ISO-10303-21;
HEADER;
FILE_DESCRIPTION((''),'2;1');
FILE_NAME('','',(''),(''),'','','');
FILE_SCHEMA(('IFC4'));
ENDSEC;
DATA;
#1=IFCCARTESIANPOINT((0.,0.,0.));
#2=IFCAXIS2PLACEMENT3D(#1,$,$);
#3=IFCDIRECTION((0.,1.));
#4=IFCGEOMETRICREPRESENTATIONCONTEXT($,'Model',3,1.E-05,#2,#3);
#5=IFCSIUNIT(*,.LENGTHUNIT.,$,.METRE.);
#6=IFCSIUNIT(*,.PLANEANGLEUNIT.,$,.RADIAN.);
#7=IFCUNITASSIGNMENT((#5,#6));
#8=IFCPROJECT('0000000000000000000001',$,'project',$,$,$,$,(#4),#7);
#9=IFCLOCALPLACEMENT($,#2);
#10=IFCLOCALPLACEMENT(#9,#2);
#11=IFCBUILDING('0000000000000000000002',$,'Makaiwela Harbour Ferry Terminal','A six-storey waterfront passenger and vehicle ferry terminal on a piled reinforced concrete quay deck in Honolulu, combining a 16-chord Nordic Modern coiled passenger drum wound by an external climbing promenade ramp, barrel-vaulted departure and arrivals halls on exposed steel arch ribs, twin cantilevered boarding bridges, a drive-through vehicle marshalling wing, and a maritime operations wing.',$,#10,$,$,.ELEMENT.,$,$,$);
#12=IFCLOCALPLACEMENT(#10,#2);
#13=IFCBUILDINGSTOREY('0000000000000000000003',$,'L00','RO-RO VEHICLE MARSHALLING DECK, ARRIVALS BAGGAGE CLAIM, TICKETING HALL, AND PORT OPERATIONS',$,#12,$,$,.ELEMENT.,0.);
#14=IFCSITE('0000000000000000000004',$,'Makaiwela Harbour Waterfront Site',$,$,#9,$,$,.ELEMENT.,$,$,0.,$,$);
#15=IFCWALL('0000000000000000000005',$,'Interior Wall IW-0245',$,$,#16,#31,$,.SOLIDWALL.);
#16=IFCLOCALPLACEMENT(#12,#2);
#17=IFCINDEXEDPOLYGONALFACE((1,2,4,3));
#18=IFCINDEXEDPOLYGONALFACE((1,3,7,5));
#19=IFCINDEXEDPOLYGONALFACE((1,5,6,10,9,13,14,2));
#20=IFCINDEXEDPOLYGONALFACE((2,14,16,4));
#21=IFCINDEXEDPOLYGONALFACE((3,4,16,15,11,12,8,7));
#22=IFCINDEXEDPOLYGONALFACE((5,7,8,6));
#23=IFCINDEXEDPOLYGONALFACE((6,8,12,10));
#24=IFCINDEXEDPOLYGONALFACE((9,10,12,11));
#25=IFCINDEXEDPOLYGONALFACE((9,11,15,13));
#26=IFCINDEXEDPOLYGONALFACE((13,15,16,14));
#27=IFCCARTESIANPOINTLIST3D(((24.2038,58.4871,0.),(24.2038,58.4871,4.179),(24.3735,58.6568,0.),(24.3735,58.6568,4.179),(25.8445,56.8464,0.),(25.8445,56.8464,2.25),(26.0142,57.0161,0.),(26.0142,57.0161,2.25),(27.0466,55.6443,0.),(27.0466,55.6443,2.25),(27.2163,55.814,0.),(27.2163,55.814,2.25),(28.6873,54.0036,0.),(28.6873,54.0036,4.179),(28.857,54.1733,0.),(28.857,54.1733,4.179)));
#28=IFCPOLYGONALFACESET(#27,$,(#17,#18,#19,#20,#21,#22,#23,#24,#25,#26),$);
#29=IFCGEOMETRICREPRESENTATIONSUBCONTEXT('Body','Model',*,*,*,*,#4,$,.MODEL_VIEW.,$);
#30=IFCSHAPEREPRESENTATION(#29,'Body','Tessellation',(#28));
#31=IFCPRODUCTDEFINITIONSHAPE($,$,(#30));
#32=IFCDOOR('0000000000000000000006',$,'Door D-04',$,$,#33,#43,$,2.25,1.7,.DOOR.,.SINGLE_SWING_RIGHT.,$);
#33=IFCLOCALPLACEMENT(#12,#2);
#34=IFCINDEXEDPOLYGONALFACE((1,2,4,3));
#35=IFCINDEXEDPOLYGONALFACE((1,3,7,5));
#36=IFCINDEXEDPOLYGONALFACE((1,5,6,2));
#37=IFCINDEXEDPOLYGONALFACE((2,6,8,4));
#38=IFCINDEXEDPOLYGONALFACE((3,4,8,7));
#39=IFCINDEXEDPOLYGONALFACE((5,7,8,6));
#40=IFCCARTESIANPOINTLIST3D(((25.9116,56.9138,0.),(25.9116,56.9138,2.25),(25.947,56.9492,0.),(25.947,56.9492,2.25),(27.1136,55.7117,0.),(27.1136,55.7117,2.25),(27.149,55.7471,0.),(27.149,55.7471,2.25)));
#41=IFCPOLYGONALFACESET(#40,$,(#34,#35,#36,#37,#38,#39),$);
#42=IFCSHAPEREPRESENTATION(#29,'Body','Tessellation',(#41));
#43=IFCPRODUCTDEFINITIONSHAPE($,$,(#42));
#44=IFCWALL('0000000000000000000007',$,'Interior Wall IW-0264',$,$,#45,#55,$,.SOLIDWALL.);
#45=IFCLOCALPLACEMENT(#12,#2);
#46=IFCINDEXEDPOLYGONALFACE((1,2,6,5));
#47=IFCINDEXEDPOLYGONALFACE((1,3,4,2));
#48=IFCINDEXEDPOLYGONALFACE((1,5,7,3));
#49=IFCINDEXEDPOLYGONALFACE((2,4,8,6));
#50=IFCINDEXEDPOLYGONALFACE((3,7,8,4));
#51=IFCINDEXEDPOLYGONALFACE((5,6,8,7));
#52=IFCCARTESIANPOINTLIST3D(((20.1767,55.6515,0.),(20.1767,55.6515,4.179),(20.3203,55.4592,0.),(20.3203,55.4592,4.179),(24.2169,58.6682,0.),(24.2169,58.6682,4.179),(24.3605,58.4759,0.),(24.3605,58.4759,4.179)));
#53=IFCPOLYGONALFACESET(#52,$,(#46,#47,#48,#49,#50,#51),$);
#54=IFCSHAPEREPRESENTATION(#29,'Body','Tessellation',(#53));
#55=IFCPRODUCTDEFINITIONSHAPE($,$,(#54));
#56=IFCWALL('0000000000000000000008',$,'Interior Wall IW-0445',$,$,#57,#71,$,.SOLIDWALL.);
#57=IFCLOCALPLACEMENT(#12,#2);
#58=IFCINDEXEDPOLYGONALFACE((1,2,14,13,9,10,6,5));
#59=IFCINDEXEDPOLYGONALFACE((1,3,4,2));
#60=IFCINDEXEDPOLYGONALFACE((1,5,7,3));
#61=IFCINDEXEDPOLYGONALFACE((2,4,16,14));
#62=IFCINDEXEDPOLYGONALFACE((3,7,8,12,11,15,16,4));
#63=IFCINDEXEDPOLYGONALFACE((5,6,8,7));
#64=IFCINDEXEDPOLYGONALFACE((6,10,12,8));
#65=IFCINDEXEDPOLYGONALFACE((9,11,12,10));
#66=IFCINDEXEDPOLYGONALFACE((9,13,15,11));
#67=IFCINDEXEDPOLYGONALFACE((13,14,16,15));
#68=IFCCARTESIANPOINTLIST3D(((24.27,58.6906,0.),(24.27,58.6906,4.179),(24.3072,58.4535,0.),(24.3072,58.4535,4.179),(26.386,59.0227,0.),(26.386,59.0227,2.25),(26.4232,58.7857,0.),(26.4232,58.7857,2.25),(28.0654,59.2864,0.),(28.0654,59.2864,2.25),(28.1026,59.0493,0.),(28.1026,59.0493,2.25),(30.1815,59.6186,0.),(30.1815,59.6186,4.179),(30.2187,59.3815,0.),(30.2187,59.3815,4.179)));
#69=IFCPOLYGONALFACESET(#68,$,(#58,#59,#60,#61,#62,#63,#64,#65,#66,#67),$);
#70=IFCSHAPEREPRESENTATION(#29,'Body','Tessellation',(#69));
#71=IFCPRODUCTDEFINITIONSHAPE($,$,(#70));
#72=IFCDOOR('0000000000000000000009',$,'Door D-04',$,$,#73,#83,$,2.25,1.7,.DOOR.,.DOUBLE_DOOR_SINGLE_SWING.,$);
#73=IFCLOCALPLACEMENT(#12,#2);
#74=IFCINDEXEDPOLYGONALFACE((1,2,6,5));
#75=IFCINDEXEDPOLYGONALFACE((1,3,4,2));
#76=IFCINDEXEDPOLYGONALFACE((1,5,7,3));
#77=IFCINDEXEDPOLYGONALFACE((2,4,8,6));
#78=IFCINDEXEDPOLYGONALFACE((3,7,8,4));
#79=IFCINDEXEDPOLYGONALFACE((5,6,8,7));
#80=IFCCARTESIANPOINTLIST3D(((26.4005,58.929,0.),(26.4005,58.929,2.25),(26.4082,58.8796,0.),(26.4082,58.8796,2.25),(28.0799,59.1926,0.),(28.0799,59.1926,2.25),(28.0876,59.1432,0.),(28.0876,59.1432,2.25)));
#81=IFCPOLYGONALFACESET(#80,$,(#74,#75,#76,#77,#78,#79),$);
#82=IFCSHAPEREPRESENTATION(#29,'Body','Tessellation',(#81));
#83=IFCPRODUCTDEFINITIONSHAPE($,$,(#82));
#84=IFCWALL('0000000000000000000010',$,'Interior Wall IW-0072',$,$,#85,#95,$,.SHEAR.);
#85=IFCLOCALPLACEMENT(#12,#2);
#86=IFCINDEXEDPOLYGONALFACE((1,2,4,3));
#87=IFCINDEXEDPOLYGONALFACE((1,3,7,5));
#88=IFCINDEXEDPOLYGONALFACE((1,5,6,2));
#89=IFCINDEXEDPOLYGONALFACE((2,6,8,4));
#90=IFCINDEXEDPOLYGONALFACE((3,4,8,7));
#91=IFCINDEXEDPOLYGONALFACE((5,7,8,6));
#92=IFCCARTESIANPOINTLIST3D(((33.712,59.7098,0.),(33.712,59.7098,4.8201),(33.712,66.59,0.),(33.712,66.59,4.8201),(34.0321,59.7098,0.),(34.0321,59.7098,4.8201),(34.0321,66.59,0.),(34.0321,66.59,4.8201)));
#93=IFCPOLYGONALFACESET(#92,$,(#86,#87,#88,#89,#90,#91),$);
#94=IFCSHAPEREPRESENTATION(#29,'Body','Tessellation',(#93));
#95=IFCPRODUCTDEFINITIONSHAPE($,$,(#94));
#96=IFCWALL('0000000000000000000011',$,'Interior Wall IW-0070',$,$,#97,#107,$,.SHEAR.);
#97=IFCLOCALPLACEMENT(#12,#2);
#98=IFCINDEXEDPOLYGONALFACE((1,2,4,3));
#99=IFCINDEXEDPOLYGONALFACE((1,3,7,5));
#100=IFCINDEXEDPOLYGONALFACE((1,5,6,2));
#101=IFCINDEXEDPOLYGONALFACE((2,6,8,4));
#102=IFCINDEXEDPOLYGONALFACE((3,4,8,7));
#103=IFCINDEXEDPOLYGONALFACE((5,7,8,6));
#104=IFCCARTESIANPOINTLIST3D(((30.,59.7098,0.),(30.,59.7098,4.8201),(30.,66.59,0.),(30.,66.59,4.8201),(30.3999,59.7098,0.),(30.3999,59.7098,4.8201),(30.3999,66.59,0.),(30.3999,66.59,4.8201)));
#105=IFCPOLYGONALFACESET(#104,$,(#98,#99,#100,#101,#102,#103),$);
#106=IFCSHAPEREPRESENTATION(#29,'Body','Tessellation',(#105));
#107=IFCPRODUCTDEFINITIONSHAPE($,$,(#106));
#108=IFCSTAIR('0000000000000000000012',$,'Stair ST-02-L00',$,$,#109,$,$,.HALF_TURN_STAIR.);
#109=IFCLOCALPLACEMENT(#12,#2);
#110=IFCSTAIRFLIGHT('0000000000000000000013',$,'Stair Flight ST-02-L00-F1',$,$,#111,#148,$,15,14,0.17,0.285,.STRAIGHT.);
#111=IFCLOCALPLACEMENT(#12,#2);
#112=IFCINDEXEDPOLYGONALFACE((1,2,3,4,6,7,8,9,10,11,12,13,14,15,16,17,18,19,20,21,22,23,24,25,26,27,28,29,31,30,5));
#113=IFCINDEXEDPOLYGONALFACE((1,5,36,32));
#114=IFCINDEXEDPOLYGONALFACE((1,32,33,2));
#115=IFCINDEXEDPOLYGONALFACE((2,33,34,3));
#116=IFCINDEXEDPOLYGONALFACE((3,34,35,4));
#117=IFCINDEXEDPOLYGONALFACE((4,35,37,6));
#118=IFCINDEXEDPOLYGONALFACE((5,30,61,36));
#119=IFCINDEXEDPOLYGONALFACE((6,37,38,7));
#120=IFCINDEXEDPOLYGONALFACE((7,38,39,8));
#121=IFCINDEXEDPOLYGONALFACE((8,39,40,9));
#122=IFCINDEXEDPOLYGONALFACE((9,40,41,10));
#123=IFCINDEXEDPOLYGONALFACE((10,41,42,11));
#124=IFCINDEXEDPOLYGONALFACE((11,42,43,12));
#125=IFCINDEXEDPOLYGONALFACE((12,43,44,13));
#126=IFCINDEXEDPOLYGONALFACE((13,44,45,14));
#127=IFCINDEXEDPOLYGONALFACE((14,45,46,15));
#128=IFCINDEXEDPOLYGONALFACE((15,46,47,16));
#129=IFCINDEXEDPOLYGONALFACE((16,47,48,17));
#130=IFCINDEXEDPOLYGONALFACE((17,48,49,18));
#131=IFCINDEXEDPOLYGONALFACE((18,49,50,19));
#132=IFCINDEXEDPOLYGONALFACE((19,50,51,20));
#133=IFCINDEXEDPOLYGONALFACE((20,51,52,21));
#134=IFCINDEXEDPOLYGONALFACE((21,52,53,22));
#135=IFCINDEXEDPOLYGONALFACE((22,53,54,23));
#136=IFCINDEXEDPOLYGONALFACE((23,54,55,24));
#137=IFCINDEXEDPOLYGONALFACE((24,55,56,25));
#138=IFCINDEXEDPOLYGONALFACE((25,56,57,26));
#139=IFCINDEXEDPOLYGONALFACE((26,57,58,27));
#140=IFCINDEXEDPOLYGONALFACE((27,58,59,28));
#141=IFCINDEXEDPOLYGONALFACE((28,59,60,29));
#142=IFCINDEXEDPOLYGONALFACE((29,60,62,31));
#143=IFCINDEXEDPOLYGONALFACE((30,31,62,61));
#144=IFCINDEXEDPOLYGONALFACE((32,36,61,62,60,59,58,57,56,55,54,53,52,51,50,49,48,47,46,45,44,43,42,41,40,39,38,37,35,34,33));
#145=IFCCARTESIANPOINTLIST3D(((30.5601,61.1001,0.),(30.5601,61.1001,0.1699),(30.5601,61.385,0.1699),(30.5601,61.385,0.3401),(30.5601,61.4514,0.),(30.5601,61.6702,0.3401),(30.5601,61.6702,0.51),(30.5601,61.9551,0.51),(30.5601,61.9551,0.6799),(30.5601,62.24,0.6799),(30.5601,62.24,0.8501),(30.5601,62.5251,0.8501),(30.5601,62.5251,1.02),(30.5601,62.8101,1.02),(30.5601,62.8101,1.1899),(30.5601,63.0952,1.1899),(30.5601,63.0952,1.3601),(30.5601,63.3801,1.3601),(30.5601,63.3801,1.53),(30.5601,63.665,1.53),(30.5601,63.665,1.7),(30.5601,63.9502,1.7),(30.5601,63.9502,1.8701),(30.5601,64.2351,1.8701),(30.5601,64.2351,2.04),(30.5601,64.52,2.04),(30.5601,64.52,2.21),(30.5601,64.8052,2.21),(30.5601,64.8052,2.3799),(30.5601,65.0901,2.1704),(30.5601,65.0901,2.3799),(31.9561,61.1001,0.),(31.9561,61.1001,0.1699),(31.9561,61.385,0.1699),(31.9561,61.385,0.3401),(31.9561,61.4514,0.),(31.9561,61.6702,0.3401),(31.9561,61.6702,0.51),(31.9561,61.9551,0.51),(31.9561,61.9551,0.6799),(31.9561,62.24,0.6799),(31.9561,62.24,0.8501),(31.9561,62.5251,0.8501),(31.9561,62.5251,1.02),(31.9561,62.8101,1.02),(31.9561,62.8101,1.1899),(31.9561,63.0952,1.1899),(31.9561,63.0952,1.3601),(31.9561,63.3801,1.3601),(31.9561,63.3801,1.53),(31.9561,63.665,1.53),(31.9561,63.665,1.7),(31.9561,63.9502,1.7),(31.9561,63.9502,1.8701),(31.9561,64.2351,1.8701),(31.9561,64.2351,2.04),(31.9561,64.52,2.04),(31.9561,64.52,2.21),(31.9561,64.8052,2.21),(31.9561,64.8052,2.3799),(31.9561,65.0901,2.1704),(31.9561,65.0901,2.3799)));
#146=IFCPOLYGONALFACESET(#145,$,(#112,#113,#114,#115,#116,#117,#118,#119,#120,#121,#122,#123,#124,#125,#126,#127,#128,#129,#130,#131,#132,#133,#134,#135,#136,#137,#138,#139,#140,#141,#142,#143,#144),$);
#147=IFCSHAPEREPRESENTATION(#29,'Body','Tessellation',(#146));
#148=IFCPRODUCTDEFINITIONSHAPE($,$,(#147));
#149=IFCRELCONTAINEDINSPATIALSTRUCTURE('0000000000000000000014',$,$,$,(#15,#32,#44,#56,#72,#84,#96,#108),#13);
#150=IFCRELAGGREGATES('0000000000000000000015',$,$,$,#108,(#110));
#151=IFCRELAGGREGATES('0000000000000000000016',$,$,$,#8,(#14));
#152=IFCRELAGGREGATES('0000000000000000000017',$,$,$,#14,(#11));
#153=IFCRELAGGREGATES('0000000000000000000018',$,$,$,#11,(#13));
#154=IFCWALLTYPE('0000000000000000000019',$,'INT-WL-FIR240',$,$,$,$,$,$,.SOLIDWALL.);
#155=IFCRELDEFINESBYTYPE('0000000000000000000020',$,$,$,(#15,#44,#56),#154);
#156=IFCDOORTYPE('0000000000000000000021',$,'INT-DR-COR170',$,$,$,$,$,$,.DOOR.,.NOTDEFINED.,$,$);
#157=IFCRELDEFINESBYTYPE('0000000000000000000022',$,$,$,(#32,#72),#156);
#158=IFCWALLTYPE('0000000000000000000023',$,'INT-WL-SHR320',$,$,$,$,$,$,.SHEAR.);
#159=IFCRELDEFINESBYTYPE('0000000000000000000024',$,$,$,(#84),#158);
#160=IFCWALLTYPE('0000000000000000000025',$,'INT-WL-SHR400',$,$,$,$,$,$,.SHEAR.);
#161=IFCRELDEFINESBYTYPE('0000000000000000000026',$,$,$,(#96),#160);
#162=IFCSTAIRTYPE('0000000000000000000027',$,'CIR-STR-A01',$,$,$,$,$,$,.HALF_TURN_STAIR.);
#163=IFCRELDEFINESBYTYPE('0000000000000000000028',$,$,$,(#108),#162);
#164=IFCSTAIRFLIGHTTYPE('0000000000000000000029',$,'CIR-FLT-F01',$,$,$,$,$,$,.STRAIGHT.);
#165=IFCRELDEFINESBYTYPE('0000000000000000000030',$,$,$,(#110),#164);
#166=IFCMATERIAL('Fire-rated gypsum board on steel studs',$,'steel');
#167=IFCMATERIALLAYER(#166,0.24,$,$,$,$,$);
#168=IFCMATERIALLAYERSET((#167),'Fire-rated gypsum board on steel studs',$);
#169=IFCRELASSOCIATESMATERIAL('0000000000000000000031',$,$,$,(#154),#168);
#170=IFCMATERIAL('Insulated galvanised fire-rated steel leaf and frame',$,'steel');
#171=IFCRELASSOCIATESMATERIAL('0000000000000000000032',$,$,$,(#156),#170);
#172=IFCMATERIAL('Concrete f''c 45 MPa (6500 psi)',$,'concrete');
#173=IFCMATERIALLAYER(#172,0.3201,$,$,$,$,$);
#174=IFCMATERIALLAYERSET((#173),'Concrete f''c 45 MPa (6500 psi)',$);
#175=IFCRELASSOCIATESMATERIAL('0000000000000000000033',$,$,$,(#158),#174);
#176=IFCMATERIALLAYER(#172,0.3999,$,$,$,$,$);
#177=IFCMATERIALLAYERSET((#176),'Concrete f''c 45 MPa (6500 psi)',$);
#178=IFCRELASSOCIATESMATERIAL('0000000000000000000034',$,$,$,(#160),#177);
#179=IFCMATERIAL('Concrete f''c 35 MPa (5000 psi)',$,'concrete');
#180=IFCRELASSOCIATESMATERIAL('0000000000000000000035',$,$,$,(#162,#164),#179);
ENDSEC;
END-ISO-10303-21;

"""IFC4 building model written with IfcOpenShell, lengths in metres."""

from ifc_helpers import new_model, si_unit, direction, frame, frame_2d, origin, place, context, subcontext, project, spatial, polyline, rectangle, outline, extrude, material, layer, layer_set, type_object, element, fill, aggregate, save


model = new_model("IFC4")

# Units and contexts
model_context = context("Model", 3, precision=1e-05, world=origin(), true_north=direction((0.0, 1.0)))
body_context = subcontext(model_context, "Body", "Model", "MODEL_VIEW")
ifc_project = project(units=[si_unit("LENGTHUNIT", "METRE"), si_unit("PLANEANGLEUNIT", "RADIAN")], contexts=[model_context])

# Site, building, storey
site_placement = place(None, origin())
site = spatial("IfcSite", under=ifc_project, at=site_placement, Name="Makaiwela Harbour Waterfront Site", CompositionType="ELEMENT", RefElevation=0.0)
building_placement = place(site_placement, origin())
building = spatial("IfcBuilding", under=site, at=building_placement, Name="Makaiwela Harbour Ferry Terminal", Description="A six-storey waterfront passenger and vehicle ferry terminal on a piled reinforced concrete quay deck in Honolulu, combining a 16-chord Nordic Modern coiled passenger drum wound by an external climbing promenade ramp, barrel-vaulted departure and arrivals halls on exposed steel arch ribs, twin cantilevered boarding bridges, a drive-through vehicle marshalling wing, and a maritime operations wing.", CompositionType="ELEMENT")
storey_placement = place(building_placement, origin())
storey = spatial("IfcBuildingStorey", under=building, at=storey_placement, Name="L00", Description="RO-RO VEHICLE MARSHALLING DECK, ARRIVALS BAGGAGE CLAIM, TICKETING HALL, AND PORT OPERATIONS", CompositionType="ELEMENT", Elevation=0.0)

# Shared definitions
ifc_material_1 = material(Name="Concrete f'c 45 MPa (6500 psi)", Category="concrete")

# Shared definitions
ifc_material_2 = material(Name="Fire-rated gypsum board on steel studs", Category="steel")
ifc_layer_1 = layer(ifc_material_2, 0.24)
ifc_layer_set_1 = layer_set([ifc_layer_1], Name="Fire-rated gypsum board on steel studs")
wall_type_1 = type_object("IfcWallType", Name="INT-WL-FIR240", PredefinedType="SOLIDWALL", material=ifc_layer_set_1)
ifc_material_3 = material(Name="Insulated galvanised fire-rated steel leaf and frame", Category="steel")

# Wall, opening, door
wall_1_placement = place(storey_placement, frame((24.2886, 58.572, 0.0), z_axis=(0.0, 0.0, 1.0), x_axis=(0.707107, -0.707107, 0.0)))
wall_1 = element("IfcWall", 1, at=wall_1_placement, inside=storey, type_object=wall_type_1, Name="Interior Wall IW-0245", PredefinedType="SOLIDWALL", context=body_context, shape_type="SweptSolid", body=[
    extrude(rectangle(XDim=6.3406, YDim=0.24, at=frame_2d((3.1704, 0.0))), origin(), (0.0, 0.0, 1.0), 4.179),
])
opening_1_placement = place(wall_1_placement, frame((2.3203, 0.0, 0.0)))
opening_1 = element("IfcOpeningElement", 2, at=opening_1_placement, cuts=wall_1, PredefinedType="OPENING", context=body_context, shape_type="SweptSolid", body=[
    extrude(rectangle(XDim=1.7, YDim=2.25, at=frame_2d((0.8501, 1.125))), frame((0.0, 0.1299, 0.0), z_axis=(0.0, -1.0, 0.0), x_axis=(1.0, 0.0, 0.0)), (0.0, 0.0, 1.0), 0.26),
])
door_type_1 = type_object("IfcDoorType", Name="INT-DR-COR170", OperationType="NOTDEFINED", PredefinedType="DOOR", material=ifc_material_3)
door_1_placement = place(opening_1_placement, frame((1.7, 0.0, 0.0), z_axis=(0.0, 0.0, 1.0), x_axis=(-1.0, 0.0, 0.0)))
door_1 = element("IfcDoor", 3, at=door_1_placement, inside=storey, type_object=door_type_1, Name="Door D-04", OperationType="SINGLE_SWING_RIGHT", OverallHeight=2.25, OverallWidth=1.7, PredefinedType="DOOR", context=body_context, shape_type="SweptSolid", body=[
    extrude(rectangle(XDim=1.7, YDim=2.25, at=frame_2d((0.8501, 1.125))), frame((0.0, 0.0249, 0.0), z_axis=(0.0, -1.0, 0.0), x_axis=(1.0, 0.0, 0.0)), (0.0, 0.0, 1.0), 0.05),
])
fill(opening_1, door_1)

# Wall
wall_2_placement = place(storey_placement, frame((24.2886, 58.572, 0.0), z_axis=(0.0, 0.0, 1.0), x_axis=(-0.801271, -0.598302, 0.0)))
element("IfcWall", 4, at=wall_2_placement, inside=storey, type_object=wall_type_1, Name="Interior Wall IW-0264", PredefinedType="SOLIDWALL", context=body_context, shape_type="SweptSolid", body=[
    extrude(rectangle(XDim=5.0422, YDim=0.24, at=frame_2d((2.521, 0.0))), origin(), (0.0, 0.0, 1.0), 4.179),
])

# Wall, opening, door
wall_3_placement = place(storey_placement, frame((24.2886, 58.572, 0.0), z_axis=(0.0, 0.0, 1.0), x_axis=(0.987902, 0.155083, 0.0)))
wall_3 = element("IfcWall", 5, at=wall_3_placement, inside=storey, type_object=wall_type_1, Name="Interior Wall IW-0445", PredefinedType="SOLIDWALL", context=body_context, shape_type="SweptSolid", body=[
    extrude(rectangle(XDim=5.9839, YDim=0.24, at=frame_2d((2.9919, 0.0))), origin(), (0.0, 0.0, 1.0), 4.179),
])
opening_2_placement = place(wall_3_placement, frame((2.1418, 0.0, 0.0)))
opening_2 = element("IfcOpeningElement", 6, at=opening_2_placement, cuts=wall_3, PredefinedType="OPENING", context=body_context, shape_type="SweptSolid", body=[
    extrude(rectangle(XDim=1.7, YDim=2.25, at=frame_2d((0.8501, 1.125))), frame((0.0, 0.1299, 0.0), z_axis=(0.0, -1.0, 0.0), x_axis=(1.0, 0.0, 0.0)), (0.0, 0.0, 1.0), 0.26),
])
door_2_placement = place(opening_2_placement, frame((1.7, 0.0, 0.0), z_axis=(0.0, 0.0, 1.0), x_axis=(-1.0, 0.0, 0.0)))
door_2 = element("IfcDoor", 7, at=door_2_placement, inside=storey, type_object=door_type_1, Name="Door D-04", OperationType="DOUBLE_DOOR_SINGLE_SWING", OverallHeight=2.25, OverallWidth=1.7, PredefinedType="DOOR", context=body_context, shape_type="SweptSolid", body=[
    extrude(rectangle(XDim=1.7, YDim=2.25, at=frame_2d((0.8501, 1.125))), frame((0.0, 0.0249, 0.0), z_axis=(0.0, -1.0, 0.0), x_axis=(1.0, 0.0, 0.0)), (0.0, 0.0, 1.0), 0.05),
])
fill(opening_2, door_2)

# Wall
ifc_layer_2 = layer(ifc_material_1, 0.3201)
ifc_layer_set_2 = layer_set([ifc_layer_2], Name="Concrete f'c 45 MPa (6500 psi)")
wall_type_2 = type_object("IfcWallType", Name="INT-WL-SHR320", PredefinedType="SHEAR", material=ifc_layer_set_2)
wall_4_placement = place(storey_placement, frame((33.8721, 59.71, 0.0), z_axis=(0.0, 0.0, 1.0), x_axis=(0.0, 1.0, 0.0)))
element("IfcWall", 8, at=wall_4_placement, inside=storey, type_object=wall_type_2, Name="Interior Wall IW-0072", PredefinedType="SHEAR", context=body_context, shape_type="SweptSolid", body=[
    extrude(rectangle(XDim=6.8801, YDim=0.3201, at=frame_2d((3.4399, 0.0))), origin(), (0.0, 0.0, 1.0), 4.8201),
])

# Shared definitions
ifc_layer_3 = layer(ifc_material_1, 0.3999)
ifc_layer_set_3 = layer_set([ifc_layer_3], Name="Concrete f'c 45 MPa (6500 psi)")
wall_type_3 = type_object("IfcWallType", Name="INT-WL-SHR400", PredefinedType="SHEAR", material=ifc_layer_set_3)

# Wall
wall_5_placement = place(storey_placement, frame((30.2, 59.71, 0.0), z_axis=(0.0, 0.0, 1.0), x_axis=(0.0, 1.0, 0.0)))
element("IfcWall", 9, at=wall_5_placement, inside=storey, type_object=wall_type_3, Name="Interior Wall IW-0070", PredefinedType="SHEAR", context=body_context, shape_type="SweptSolid", body=[
    extrude(rectangle(XDim=6.8801, YDim=0.3999, at=frame_2d((3.4399, 0.0))), origin(), (0.0, 0.0, 1.0), 4.8201),
])

# Stair, stair flight
ifc_material_4 = material(Name="Concrete f'c 35 MPa (5000 psi)", Category="concrete")
stair_type = type_object("IfcStairType", Name="CIR-STR-A01", PredefinedType="HALF_TURN_STAIR", material=ifc_material_4)
stair_placement = place(storey_placement, origin())
stair = element("IfcStair", 10, at=stair_placement, inside=storey, type_object=stair_type, Name="Stair ST-02-L00", PredefinedType="HALF_TURN_STAIR")
stair_flight_type = type_object("IfcStairFlightType", Name="CIR-FLT-F01", PredefinedType="STRAIGHT", material=ifc_material_4)
stair_flight_placement = place(storey_placement, frame((31.2581, 61.1001, 0.0), z_axis=(0.0, 0.0, 1.0), x_axis=(0.0, 1.0, 0.0)))
stair_flight = element("IfcStairFlight", 11, at=stair_flight_placement, type_object=stair_flight_type, Name="Stair Flight ST-02-L00-F1", NumberOfRisers=15, NumberOfTreads=14, PredefinedType="STRAIGHT", RiserHeight=0.17, TreadLength=0.285, context=body_context, shape_type="SweptSolid", body=[
    extrude(outline(polyline([(0.0, 0.0), (0.0, 0.1699), (0.2849, 0.1699), (0.2849, 0.3401), (0.5701, 0.3401), (0.5701, 0.51), (0.855, 0.51), (0.855, 0.6799), (1.1399, 0.6799), (1.1399, 0.8501), (1.425, 0.8501), (1.425, 1.02), (1.71, 1.02), (1.71, 1.1899), (1.9951, 1.1899), (1.9951, 1.3601), (2.28, 1.3601), (2.28, 1.53), (2.5649, 1.53), (2.5649, 1.7), (2.8501, 1.7), (2.8501, 1.8701), (3.135, 1.8701), (3.135, 2.04), (3.4199, 2.04), (3.4199, 2.21), (3.7051, 2.21), (3.7051, 2.3799), (3.99, 2.3799), (3.99, 2.55), (3.99, 2.1704), (0.3513, 0.0), (0.0, 0.0)])), frame((0.0, 0.698, 0.0), z_axis=(0.0, -1.0, 0.0), x_axis=(1.0, 0.0, 0.0)), (0.0, 0.0, 1.0), 1.396),
])
aggregate(stair, [stair_flight])

save(model, "model.ifc")
